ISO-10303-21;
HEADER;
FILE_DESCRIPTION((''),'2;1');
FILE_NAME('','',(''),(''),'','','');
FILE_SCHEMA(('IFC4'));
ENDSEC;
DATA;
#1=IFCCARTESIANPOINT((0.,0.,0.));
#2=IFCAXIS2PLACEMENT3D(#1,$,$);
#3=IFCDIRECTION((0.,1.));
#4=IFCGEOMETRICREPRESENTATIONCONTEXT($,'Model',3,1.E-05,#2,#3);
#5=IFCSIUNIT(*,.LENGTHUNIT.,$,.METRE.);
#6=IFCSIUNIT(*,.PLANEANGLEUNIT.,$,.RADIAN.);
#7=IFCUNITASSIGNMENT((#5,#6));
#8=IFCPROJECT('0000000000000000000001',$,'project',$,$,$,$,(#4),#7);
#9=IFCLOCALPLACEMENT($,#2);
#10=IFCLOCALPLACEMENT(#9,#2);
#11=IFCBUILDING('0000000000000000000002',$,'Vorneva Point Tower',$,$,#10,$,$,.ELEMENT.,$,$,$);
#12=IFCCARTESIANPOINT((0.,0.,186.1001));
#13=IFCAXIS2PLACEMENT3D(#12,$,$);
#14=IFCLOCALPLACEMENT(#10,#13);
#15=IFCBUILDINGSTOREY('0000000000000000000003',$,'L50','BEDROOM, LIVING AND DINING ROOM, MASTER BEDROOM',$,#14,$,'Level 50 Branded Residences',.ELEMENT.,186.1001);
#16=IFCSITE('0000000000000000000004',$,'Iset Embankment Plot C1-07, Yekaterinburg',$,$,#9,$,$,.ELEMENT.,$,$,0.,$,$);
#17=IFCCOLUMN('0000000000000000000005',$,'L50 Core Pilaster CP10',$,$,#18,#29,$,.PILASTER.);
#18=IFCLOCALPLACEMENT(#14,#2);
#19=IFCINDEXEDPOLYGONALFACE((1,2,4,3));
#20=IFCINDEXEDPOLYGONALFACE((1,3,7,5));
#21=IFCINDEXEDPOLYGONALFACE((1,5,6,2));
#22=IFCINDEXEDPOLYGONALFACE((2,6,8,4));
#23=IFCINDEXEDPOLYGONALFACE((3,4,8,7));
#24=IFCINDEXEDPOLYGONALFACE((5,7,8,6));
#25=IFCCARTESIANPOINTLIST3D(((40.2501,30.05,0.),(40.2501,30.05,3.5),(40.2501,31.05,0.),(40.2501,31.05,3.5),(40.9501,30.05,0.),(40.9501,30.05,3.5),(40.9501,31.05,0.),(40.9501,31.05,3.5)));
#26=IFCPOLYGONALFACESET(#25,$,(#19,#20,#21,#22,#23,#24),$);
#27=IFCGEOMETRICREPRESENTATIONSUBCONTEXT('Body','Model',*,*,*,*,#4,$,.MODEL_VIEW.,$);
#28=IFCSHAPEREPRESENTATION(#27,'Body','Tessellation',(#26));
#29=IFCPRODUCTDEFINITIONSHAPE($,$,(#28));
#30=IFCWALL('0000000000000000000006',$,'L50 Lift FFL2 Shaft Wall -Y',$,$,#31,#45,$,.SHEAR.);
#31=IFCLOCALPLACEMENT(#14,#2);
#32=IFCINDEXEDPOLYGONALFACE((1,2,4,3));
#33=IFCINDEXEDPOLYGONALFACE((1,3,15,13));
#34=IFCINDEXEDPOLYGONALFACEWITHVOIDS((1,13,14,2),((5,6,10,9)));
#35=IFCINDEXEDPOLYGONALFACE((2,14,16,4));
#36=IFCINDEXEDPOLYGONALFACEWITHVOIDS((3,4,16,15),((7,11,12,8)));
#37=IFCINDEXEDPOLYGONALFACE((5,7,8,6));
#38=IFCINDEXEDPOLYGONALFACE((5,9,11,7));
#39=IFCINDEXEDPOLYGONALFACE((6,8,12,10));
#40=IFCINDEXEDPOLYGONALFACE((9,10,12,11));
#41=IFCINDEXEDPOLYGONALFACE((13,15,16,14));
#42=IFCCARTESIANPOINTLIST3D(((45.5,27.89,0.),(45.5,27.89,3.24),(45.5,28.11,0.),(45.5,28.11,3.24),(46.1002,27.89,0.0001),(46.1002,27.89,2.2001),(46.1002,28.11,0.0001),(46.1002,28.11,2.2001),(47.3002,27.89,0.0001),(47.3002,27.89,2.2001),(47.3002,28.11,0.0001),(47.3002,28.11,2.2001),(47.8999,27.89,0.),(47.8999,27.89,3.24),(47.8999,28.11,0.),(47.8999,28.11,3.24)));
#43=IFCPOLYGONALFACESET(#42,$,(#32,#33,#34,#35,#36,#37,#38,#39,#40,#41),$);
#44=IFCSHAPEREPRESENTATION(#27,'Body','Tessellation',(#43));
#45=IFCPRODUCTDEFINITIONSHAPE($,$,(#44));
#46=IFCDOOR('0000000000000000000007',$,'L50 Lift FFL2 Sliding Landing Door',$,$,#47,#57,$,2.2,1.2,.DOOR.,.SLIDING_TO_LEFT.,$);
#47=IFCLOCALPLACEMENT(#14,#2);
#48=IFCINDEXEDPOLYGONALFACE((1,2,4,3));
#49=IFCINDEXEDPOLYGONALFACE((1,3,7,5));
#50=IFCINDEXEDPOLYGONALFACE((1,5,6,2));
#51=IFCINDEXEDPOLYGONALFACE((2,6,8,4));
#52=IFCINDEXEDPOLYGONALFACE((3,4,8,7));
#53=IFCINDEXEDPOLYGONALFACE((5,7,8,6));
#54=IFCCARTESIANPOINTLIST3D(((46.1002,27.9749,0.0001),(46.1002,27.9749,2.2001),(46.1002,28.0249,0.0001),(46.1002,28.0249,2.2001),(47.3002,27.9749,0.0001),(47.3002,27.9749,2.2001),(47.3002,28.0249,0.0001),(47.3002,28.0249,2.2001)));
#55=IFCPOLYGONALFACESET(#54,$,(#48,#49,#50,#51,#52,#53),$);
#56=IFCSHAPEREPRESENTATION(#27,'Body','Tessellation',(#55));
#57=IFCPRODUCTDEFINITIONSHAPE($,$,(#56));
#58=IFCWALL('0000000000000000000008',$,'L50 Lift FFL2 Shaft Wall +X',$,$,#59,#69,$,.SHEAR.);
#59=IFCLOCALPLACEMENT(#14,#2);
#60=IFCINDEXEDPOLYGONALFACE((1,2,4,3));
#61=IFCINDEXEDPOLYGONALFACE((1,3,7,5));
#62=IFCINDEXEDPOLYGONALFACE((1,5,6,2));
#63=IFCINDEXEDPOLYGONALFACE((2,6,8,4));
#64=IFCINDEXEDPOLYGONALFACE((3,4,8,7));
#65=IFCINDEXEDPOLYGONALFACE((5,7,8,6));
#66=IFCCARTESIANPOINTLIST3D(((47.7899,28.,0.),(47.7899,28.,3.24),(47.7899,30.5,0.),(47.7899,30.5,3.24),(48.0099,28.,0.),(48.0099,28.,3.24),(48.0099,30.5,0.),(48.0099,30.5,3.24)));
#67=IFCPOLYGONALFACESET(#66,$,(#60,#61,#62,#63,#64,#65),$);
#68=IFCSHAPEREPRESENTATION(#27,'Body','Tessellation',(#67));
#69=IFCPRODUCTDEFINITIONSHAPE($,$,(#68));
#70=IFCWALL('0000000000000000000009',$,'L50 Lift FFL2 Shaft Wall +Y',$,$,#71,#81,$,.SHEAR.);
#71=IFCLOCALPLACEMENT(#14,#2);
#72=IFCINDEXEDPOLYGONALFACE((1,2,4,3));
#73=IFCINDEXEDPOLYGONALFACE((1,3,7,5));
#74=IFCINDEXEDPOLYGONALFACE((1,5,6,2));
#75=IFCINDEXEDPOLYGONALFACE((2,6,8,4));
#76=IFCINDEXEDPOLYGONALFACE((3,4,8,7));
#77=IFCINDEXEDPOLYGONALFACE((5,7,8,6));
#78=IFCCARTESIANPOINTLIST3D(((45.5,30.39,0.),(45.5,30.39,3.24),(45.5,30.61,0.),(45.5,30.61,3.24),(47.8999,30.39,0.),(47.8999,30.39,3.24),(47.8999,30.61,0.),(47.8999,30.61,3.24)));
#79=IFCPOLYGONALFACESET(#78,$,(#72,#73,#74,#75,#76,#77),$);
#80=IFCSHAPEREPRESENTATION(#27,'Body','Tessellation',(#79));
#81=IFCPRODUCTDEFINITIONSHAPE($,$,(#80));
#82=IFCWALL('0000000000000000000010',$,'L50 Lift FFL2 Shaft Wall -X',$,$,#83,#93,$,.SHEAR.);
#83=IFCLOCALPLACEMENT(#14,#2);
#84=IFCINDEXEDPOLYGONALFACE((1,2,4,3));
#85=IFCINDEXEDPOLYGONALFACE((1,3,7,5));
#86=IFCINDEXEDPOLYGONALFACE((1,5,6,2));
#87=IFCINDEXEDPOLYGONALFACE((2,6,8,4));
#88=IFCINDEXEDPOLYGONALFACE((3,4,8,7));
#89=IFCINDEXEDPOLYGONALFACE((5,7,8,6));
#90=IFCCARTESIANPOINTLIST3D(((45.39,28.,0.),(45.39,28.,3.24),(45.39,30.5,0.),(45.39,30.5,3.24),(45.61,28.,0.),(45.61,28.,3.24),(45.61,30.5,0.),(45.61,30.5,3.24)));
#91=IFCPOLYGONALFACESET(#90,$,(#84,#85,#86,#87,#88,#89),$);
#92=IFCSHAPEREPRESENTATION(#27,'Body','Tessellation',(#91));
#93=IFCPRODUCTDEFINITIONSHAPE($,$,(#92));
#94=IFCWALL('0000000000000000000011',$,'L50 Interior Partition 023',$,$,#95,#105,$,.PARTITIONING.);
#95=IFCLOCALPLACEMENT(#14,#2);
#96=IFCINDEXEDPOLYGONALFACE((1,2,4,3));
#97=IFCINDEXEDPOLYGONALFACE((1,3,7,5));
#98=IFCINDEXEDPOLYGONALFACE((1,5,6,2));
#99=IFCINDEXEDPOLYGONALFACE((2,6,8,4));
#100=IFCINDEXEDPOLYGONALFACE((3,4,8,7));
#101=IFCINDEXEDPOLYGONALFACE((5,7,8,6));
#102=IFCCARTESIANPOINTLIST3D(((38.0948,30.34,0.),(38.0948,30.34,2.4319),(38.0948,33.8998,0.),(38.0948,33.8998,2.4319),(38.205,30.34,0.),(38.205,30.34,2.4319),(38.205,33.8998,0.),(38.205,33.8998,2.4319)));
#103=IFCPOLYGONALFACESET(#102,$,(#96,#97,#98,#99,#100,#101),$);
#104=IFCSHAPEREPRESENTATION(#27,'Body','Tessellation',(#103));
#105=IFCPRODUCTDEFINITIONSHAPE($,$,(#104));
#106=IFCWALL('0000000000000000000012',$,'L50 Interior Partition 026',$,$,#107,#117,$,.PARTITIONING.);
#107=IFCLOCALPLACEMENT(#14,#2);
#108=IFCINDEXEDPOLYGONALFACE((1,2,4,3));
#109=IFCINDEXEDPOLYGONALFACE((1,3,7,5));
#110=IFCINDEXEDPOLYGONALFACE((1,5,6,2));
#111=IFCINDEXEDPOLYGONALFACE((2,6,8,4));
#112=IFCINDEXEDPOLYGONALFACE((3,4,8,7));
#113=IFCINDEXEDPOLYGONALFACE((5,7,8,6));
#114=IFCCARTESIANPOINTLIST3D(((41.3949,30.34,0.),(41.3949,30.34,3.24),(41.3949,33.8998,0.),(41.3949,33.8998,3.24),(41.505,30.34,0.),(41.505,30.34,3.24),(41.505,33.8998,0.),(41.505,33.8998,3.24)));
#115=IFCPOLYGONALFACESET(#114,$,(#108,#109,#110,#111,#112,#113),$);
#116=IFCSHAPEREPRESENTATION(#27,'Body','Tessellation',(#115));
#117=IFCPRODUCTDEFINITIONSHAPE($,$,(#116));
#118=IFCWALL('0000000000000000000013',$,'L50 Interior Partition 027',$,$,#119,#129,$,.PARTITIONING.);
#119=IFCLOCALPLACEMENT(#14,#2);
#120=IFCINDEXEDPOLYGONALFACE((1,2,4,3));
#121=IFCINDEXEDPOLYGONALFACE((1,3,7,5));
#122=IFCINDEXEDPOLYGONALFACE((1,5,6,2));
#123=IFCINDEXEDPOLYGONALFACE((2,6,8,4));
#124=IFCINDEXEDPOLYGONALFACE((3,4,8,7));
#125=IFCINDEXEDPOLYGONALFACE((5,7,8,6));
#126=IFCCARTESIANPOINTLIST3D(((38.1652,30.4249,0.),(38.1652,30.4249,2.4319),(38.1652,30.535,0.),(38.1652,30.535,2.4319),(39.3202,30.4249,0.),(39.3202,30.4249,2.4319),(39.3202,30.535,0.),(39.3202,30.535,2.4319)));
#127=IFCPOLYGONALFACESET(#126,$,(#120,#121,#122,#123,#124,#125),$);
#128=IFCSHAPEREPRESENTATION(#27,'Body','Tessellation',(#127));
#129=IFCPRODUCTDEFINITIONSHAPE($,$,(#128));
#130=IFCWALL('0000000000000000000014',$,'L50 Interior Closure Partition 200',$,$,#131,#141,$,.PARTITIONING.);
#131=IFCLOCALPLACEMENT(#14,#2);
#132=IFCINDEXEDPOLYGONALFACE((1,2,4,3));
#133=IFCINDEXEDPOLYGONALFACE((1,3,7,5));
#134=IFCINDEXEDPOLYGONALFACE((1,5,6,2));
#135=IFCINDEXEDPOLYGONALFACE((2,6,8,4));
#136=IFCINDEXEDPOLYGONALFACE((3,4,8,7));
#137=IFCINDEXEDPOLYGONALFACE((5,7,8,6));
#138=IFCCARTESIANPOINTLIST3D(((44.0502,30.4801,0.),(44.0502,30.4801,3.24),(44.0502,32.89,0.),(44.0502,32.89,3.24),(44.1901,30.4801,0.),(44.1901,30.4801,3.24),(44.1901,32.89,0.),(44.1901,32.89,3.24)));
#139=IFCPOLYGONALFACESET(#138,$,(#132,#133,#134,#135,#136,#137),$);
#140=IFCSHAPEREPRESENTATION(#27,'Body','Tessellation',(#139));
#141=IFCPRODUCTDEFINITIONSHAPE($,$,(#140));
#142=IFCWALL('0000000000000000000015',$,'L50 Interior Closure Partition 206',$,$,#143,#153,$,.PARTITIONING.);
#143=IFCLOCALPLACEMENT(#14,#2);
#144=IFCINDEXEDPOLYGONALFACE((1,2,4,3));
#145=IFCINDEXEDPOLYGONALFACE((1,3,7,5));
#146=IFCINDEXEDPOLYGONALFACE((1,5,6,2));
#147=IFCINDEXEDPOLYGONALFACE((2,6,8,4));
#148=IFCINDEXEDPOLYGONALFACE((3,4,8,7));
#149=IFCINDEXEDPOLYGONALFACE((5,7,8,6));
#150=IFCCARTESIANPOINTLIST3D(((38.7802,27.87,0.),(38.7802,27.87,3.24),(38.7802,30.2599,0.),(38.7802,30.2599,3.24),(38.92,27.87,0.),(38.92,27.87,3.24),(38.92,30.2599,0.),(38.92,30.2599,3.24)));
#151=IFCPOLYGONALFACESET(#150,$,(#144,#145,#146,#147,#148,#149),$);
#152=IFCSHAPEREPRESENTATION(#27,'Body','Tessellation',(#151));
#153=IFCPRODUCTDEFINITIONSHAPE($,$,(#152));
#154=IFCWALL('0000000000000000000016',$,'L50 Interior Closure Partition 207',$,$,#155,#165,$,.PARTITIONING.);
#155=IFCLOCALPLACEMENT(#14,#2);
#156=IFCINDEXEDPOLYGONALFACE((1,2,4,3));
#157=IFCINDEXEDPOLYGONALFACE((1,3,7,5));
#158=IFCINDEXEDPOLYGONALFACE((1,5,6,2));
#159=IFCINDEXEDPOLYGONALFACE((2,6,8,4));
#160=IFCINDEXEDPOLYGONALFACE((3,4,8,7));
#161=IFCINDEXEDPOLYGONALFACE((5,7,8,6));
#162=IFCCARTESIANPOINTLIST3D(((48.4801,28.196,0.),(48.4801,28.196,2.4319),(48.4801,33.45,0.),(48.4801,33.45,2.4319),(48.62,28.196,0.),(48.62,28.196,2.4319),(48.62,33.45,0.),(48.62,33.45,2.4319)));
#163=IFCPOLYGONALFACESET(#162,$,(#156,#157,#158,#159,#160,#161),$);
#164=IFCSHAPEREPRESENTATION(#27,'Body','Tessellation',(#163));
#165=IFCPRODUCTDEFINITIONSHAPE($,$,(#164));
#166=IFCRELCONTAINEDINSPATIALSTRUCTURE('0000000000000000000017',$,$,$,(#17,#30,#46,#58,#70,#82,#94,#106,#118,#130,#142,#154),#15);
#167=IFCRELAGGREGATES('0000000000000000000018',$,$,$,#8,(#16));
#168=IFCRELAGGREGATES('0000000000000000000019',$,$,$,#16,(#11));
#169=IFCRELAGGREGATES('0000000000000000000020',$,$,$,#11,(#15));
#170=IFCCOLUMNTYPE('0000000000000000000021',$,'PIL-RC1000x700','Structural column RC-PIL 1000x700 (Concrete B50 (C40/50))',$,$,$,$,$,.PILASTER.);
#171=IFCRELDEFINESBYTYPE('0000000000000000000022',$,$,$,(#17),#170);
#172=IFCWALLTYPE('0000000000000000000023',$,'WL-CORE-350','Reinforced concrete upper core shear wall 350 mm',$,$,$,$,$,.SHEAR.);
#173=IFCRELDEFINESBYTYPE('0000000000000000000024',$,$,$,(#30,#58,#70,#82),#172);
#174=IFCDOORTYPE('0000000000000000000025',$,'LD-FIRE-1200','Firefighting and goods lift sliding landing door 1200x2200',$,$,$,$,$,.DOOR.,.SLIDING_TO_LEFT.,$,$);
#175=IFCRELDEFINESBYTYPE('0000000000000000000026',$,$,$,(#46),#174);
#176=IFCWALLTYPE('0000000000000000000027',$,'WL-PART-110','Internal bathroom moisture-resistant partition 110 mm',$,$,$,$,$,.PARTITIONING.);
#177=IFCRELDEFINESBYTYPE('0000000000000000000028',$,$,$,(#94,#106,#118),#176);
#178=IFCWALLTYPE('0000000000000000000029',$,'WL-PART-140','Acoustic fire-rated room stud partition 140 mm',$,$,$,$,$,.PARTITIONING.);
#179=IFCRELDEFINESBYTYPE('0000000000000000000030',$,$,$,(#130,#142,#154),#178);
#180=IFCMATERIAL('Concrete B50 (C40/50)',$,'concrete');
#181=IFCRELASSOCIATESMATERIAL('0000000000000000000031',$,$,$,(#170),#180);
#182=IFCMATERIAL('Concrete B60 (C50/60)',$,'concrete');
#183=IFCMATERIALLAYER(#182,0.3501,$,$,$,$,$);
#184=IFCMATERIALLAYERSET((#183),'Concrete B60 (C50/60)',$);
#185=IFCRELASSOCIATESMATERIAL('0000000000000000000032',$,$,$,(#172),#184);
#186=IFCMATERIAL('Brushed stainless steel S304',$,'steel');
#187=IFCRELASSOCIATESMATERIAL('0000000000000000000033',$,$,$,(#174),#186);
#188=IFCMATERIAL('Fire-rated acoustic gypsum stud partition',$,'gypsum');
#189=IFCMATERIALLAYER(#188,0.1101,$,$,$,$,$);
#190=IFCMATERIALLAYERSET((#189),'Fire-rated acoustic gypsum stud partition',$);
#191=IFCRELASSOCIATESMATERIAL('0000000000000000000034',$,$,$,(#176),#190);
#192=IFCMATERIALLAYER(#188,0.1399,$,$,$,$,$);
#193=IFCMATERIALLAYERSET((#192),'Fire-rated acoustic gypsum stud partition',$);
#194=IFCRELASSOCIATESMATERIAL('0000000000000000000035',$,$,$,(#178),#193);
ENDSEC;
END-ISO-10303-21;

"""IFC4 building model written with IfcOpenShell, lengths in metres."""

from ifc_helpers import new_model, si_unit, direction, frame, frame_2d, origin, origin_2d, place, context, subcontext, project, spatial, rectangle, extrude, material, layer, layer_set, material_profile, profile_set, type_object, element, fill, save


model = new_model("IFC4")

# Units and contexts
model_context = context("Model", 3, precision=1e-05, world=origin(), true_north=direction((0.0, 1.0)))
body_context = subcontext(model_context, "Body", "Model", "MODEL_VIEW")
ifc_project = project(units=[si_unit("LENGTHUNIT", "METRE"), si_unit("PLANEANGLEUNIT", "RADIAN")], contexts=[model_context])

# Site, building, storey
site_placement = place(None, origin())
site = spatial("IfcSite", under=ifc_project, at=site_placement, Name="Iset Embankment Plot C1-07, Yekaterinburg", CompositionType="ELEMENT", RefElevation=0.0)
building_placement = place(site_placement, origin())
building = spatial("IfcBuilding", under=site, at=building_placement, Name="Vorneva Point Tower", CompositionType="ELEMENT")
storey_placement = place(building_placement, frame((0.0, 0.0, 186.1001)))
storey = spatial("IfcBuildingStorey", under=building, at=storey_placement, Name="L50", Description="BEDROOM, LIVING AND DINING ROOM, MASTER BEDROOM", LongName="Level 50 Branded Residences", CompositionType="ELEMENT", Elevation=186.1001)

# Column
ifc_material_1 = material(Name="Concrete B50 (C40/50)", Category="concrete")
ifc_material_profile = material_profile(ifc_material_1, rectangle(XDim=0.7, YDim=1.0, at=origin_2d()), Name="RC-PIL 1000x700")
ifc_profile_set = profile_set([ifc_material_profile], Name="Concrete B50 (C40/50)")
column_type = type_object("IfcColumnType", Name="PIL-RC1000x700", Description="Structural column RC-PIL 1000x700 (Concrete B50 (C40/50))", PredefinedType="PILASTER", material=ifc_profile_set)
column_placement = place(storey_placement, frame((40.6001, 30.55, 0.0), z_axis=(0.0, 0.0, 1.0), x_axis=(1.0, 0.0, 0.0)))
element("IfcColumn", 1, at=column_placement, inside=storey, type_object=column_type, Name="L50 Core Pilaster CP10", PredefinedType="PILASTER", context=body_context, shape_type="SweptSolid", body=[
    extrude(rectangle(XDim=0.7, YDim=1.0, at=origin_2d()), origin(), (0.0, 0.0, 1.0), 3.5),
])

# Wall, opening, door
ifc_material_2 = material(Name="Concrete B60 (C50/60)", Category="concrete")
ifc_layer_1 = layer(ifc_material_2, 0.3501)
ifc_layer_set_1 = layer_set([ifc_layer_1], Name="Concrete B60 (C50/60)")
wall_type_1 = type_object("IfcWallType", Name="WL-CORE-350", Description="Reinforced concrete upper core shear wall 350 mm", PredefinedType="SHEAR", material=ifc_layer_set_1)
wall_1_placement = place(storey_placement, frame((45.5, 28.0, 0.0), z_axis=(0.0, 0.0, 1.0), x_axis=(1.0, 0.0, 0.0)))
wall_1 = element("IfcWall", 2, at=wall_1_placement, inside=storey, type_object=wall_type_1, Name="L50 Lift FFL2 Shaft Wall -Y", PredefinedType="SHEAR", context=body_context, shape_type="SweptSolid", body=[
    extrude(rectangle(XDim=2.3999, YDim=0.22, at=frame_2d((1.2, 0.0))), origin(), (0.0, 0.0, 1.0), 3.24),
])
opening_1_placement = place(wall_1_placement, frame((0.6001, 0.0, 0.0)))
opening_1 = element("IfcOpeningElement", 3, at=opening_1_placement, cuts=wall_1, PredefinedType="OPENING", context=body_context, shape_type="SweptSolid", body=[
    extrude(rectangle(XDim=1.2, YDim=2.2, at=frame_2d((0.6001, 1.1001))), frame((0.0, 0.125, 0.0), z_axis=(0.0, -1.0, 0.0), x_axis=(1.0, 0.0, 0.0)), (0.0, 0.0, 1.0), 0.2498),
])
ifc_material_3 = material(Name="Brushed stainless steel S304", Category="steel")
door_type_1 = type_object("IfcDoorType", Name="LD-FIRE-1200", Description="Firefighting and goods lift sliding landing door 1200x2200", OperationType="SLIDING_TO_LEFT", PredefinedType="DOOR", material=ifc_material_3)
door_1_placement = place(opening_1_placement, origin())
door_1 = element("IfcDoor", 4, at=door_1_placement, inside=storey, type_object=door_type_1, Name="L50 Lift FFL2 Sliding Landing Door", OperationType="SLIDING_TO_LEFT", OverallHeight=2.2, OverallWidth=1.2, PredefinedType="DOOR", context=body_context, shape_type="SweptSolid", body=[
    extrude(rectangle(XDim=1.2, YDim=2.2, at=frame_2d((0.6001, 1.1001))), frame((0.0, 0.0249, 0.0), z_axis=(0.0, -1.0, 0.0), x_axis=(1.0, 0.0, 0.0)), (0.0, 0.0, 1.0), 0.05),
])
fill(opening_1, door_1)

# Walls
wall_2_placement = place(storey_placement, frame((47.8999, 28.0, 0.0), z_axis=(0.0, 0.0, 1.0), x_axis=(0.0, 1.0, 0.0)))
element("IfcWall", 5, at=wall_2_placement, inside=storey, type_object=wall_type_1, Name="L50 Lift FFL2 Shaft Wall +X", PredefinedType="SHEAR", context=body_context, shape_type="SweptSolid", body=[
    extrude(rectangle(XDim=2.5, YDim=0.22, at=frame_2d((1.25, 0.0))), origin(), (0.0, 0.0, 1.0), 3.24),
])
wall_3_placement = place(storey_placement, frame((47.8999, 30.5, 0.0), z_axis=(0.0, 0.0, 1.0), x_axis=(-1.0, 0.0, 0.0)))
element("IfcWall", 6, at=wall_3_placement, inside=storey, type_object=wall_type_1, Name="L50 Lift FFL2 Shaft Wall +Y", PredefinedType="SHEAR", context=body_context, shape_type="SweptSolid", body=[
    extrude(rectangle(XDim=2.3999, YDim=0.22, at=frame_2d((1.2, 0.0))), origin(), (0.0, 0.0, 1.0), 3.24),
])
wall_4_placement = place(storey_placement, frame((45.5, 30.5, 0.0), z_axis=(0.0, 0.0, 1.0), x_axis=(0.0, -1.0, 0.0)))
element("IfcWall", 7, at=wall_4_placement, inside=storey, type_object=wall_type_1, Name="L50 Lift FFL2 Shaft Wall -X", PredefinedType="SHEAR", context=body_context, shape_type="SweptSolid", body=[
    extrude(rectangle(XDim=2.5, YDim=0.22, at=frame_2d((1.25, 0.0))), origin(), (0.0, 0.0, 1.0), 3.24),
])
ifc_material_4 = material(Name="Fire-rated acoustic gypsum stud partition", Category="gypsum")
ifc_layer_2 = layer(ifc_material_4, 0.1101)
ifc_layer_set_2 = layer_set([ifc_layer_2], Name="Fire-rated acoustic gypsum stud partition")
wall_type_2 = type_object("IfcWallType", Name="WL-PART-110", Description="Internal bathroom moisture-resistant partition 110 mm", PredefinedType="PARTITIONING", material=ifc_layer_set_2)
wall_5_placement = place(storey_placement, frame((38.1499, 30.3401, 0.0), z_axis=(0.0, 0.0, 1.0), x_axis=(0.0, 1.0, 0.0)))
element("IfcWall", 8, at=wall_5_placement, inside=storey, type_object=wall_type_2, Name="L50 Interior Partition 023", PredefinedType="PARTITIONING", context=body_context, shape_type="SweptSolid", body=[
    extrude(rectangle(XDim=3.5598, YDim=0.1101, at=frame_2d((1.7798, 0.0))), origin(), (0.0, 0.0, 1.0), 2.4319),
])
wall_6_placement = place(storey_placement, frame((41.45, 30.3401, 0.0), z_axis=(0.0, 0.0, 1.0), x_axis=(0.0, 1.0, 0.0)))
element("IfcWall", 9, at=wall_6_placement, inside=storey, type_object=wall_type_2, Name="L50 Interior Partition 026", PredefinedType="PARTITIONING", context=body_context, shape_type="SweptSolid", body=[
    extrude(rectangle(XDim=3.5598, YDim=0.1101, at=frame_2d((1.7798, 0.0))), origin(), (0.0, 0.0, 1.0), 3.24),
])
wall_7_placement = place(storey_placement, frame((38.165, 30.48, 0.0), z_axis=(0.0, 0.0, 1.0), x_axis=(1.0, 0.0, 0.0)))
element("IfcWall", 10, at=wall_7_placement, inside=storey, type_object=wall_type_2, Name="L50 Interior Partition 027", PredefinedType="PARTITIONING", context=body_context, shape_type="SweptSolid", body=[
    extrude(rectangle(XDim=1.155, YDim=0.1101, at=frame_2d((0.5776, 0.0))), origin(), (0.0, 0.0, 1.0), 2.4319),
])
ifc_layer_3 = layer(ifc_material_4, 0.1399)
ifc_layer_set_3 = layer_set([ifc_layer_3], Name="Fire-rated acoustic gypsum stud partition")
wall_type_3 = type_object("IfcWallType", Name="WL-PART-140", Description="Acoustic fire-rated room stud partition 140 mm", PredefinedType="PARTITIONING", material=ifc_layer_set_3)
wall_8_placement = place(storey_placement, frame((44.1201, 30.48, 0.0), z_axis=(0.0, 0.0, 1.0), x_axis=(0.0, 1.0, 0.0)))
element("IfcWall", 11, at=wall_8_placement, inside=storey, type_object=wall_type_3, Name="L50 Interior Closure Partition 200", PredefinedType="PARTITIONING", context=body_context, shape_type="SweptSolid", body=[
    extrude(rectangle(XDim=2.4099, YDim=0.1399, at=frame_2d((1.2051, 0.0))), origin(), (0.0, 0.0, 1.0), 3.24),
])
wall_9_placement = place(storey_placement, frame((38.8501, 27.8701, 0.0), z_axis=(0.0, 0.0, 1.0), x_axis=(0.0, 1.0, 0.0)))
element("IfcWall", 12, at=wall_9_placement, inside=storey, type_object=wall_type_3, Name="L50 Interior Closure Partition 206", PredefinedType="PARTITIONING", context=body_context, shape_type="SweptSolid", body=[
    extrude(rectangle(XDim=2.3899, YDim=0.1399, at=frame_2d((1.1948, 0.0))), origin(), (0.0, 0.0, 1.0), 3.24),
])
wall_10_placement = place(storey_placement, frame((48.55, 28.196, 0.0), z_axis=(0.0, 0.0, 1.0), x_axis=(0.0, 1.0, 0.0)))
element("IfcWall", 13, at=wall_10_placement, inside=storey, type_object=wall_type_3, Name="L50 Interior Closure Partition 207", PredefinedType="PARTITIONING", context=body_context, shape_type="SweptSolid", body=[
    extrude(rectangle(XDim=5.2539, YDim=0.1399, at=frame_2d((2.627, 0.0))), origin(), (0.0, 0.0, 1.0), 2.4319),
])

save(model, "model.ifc")
